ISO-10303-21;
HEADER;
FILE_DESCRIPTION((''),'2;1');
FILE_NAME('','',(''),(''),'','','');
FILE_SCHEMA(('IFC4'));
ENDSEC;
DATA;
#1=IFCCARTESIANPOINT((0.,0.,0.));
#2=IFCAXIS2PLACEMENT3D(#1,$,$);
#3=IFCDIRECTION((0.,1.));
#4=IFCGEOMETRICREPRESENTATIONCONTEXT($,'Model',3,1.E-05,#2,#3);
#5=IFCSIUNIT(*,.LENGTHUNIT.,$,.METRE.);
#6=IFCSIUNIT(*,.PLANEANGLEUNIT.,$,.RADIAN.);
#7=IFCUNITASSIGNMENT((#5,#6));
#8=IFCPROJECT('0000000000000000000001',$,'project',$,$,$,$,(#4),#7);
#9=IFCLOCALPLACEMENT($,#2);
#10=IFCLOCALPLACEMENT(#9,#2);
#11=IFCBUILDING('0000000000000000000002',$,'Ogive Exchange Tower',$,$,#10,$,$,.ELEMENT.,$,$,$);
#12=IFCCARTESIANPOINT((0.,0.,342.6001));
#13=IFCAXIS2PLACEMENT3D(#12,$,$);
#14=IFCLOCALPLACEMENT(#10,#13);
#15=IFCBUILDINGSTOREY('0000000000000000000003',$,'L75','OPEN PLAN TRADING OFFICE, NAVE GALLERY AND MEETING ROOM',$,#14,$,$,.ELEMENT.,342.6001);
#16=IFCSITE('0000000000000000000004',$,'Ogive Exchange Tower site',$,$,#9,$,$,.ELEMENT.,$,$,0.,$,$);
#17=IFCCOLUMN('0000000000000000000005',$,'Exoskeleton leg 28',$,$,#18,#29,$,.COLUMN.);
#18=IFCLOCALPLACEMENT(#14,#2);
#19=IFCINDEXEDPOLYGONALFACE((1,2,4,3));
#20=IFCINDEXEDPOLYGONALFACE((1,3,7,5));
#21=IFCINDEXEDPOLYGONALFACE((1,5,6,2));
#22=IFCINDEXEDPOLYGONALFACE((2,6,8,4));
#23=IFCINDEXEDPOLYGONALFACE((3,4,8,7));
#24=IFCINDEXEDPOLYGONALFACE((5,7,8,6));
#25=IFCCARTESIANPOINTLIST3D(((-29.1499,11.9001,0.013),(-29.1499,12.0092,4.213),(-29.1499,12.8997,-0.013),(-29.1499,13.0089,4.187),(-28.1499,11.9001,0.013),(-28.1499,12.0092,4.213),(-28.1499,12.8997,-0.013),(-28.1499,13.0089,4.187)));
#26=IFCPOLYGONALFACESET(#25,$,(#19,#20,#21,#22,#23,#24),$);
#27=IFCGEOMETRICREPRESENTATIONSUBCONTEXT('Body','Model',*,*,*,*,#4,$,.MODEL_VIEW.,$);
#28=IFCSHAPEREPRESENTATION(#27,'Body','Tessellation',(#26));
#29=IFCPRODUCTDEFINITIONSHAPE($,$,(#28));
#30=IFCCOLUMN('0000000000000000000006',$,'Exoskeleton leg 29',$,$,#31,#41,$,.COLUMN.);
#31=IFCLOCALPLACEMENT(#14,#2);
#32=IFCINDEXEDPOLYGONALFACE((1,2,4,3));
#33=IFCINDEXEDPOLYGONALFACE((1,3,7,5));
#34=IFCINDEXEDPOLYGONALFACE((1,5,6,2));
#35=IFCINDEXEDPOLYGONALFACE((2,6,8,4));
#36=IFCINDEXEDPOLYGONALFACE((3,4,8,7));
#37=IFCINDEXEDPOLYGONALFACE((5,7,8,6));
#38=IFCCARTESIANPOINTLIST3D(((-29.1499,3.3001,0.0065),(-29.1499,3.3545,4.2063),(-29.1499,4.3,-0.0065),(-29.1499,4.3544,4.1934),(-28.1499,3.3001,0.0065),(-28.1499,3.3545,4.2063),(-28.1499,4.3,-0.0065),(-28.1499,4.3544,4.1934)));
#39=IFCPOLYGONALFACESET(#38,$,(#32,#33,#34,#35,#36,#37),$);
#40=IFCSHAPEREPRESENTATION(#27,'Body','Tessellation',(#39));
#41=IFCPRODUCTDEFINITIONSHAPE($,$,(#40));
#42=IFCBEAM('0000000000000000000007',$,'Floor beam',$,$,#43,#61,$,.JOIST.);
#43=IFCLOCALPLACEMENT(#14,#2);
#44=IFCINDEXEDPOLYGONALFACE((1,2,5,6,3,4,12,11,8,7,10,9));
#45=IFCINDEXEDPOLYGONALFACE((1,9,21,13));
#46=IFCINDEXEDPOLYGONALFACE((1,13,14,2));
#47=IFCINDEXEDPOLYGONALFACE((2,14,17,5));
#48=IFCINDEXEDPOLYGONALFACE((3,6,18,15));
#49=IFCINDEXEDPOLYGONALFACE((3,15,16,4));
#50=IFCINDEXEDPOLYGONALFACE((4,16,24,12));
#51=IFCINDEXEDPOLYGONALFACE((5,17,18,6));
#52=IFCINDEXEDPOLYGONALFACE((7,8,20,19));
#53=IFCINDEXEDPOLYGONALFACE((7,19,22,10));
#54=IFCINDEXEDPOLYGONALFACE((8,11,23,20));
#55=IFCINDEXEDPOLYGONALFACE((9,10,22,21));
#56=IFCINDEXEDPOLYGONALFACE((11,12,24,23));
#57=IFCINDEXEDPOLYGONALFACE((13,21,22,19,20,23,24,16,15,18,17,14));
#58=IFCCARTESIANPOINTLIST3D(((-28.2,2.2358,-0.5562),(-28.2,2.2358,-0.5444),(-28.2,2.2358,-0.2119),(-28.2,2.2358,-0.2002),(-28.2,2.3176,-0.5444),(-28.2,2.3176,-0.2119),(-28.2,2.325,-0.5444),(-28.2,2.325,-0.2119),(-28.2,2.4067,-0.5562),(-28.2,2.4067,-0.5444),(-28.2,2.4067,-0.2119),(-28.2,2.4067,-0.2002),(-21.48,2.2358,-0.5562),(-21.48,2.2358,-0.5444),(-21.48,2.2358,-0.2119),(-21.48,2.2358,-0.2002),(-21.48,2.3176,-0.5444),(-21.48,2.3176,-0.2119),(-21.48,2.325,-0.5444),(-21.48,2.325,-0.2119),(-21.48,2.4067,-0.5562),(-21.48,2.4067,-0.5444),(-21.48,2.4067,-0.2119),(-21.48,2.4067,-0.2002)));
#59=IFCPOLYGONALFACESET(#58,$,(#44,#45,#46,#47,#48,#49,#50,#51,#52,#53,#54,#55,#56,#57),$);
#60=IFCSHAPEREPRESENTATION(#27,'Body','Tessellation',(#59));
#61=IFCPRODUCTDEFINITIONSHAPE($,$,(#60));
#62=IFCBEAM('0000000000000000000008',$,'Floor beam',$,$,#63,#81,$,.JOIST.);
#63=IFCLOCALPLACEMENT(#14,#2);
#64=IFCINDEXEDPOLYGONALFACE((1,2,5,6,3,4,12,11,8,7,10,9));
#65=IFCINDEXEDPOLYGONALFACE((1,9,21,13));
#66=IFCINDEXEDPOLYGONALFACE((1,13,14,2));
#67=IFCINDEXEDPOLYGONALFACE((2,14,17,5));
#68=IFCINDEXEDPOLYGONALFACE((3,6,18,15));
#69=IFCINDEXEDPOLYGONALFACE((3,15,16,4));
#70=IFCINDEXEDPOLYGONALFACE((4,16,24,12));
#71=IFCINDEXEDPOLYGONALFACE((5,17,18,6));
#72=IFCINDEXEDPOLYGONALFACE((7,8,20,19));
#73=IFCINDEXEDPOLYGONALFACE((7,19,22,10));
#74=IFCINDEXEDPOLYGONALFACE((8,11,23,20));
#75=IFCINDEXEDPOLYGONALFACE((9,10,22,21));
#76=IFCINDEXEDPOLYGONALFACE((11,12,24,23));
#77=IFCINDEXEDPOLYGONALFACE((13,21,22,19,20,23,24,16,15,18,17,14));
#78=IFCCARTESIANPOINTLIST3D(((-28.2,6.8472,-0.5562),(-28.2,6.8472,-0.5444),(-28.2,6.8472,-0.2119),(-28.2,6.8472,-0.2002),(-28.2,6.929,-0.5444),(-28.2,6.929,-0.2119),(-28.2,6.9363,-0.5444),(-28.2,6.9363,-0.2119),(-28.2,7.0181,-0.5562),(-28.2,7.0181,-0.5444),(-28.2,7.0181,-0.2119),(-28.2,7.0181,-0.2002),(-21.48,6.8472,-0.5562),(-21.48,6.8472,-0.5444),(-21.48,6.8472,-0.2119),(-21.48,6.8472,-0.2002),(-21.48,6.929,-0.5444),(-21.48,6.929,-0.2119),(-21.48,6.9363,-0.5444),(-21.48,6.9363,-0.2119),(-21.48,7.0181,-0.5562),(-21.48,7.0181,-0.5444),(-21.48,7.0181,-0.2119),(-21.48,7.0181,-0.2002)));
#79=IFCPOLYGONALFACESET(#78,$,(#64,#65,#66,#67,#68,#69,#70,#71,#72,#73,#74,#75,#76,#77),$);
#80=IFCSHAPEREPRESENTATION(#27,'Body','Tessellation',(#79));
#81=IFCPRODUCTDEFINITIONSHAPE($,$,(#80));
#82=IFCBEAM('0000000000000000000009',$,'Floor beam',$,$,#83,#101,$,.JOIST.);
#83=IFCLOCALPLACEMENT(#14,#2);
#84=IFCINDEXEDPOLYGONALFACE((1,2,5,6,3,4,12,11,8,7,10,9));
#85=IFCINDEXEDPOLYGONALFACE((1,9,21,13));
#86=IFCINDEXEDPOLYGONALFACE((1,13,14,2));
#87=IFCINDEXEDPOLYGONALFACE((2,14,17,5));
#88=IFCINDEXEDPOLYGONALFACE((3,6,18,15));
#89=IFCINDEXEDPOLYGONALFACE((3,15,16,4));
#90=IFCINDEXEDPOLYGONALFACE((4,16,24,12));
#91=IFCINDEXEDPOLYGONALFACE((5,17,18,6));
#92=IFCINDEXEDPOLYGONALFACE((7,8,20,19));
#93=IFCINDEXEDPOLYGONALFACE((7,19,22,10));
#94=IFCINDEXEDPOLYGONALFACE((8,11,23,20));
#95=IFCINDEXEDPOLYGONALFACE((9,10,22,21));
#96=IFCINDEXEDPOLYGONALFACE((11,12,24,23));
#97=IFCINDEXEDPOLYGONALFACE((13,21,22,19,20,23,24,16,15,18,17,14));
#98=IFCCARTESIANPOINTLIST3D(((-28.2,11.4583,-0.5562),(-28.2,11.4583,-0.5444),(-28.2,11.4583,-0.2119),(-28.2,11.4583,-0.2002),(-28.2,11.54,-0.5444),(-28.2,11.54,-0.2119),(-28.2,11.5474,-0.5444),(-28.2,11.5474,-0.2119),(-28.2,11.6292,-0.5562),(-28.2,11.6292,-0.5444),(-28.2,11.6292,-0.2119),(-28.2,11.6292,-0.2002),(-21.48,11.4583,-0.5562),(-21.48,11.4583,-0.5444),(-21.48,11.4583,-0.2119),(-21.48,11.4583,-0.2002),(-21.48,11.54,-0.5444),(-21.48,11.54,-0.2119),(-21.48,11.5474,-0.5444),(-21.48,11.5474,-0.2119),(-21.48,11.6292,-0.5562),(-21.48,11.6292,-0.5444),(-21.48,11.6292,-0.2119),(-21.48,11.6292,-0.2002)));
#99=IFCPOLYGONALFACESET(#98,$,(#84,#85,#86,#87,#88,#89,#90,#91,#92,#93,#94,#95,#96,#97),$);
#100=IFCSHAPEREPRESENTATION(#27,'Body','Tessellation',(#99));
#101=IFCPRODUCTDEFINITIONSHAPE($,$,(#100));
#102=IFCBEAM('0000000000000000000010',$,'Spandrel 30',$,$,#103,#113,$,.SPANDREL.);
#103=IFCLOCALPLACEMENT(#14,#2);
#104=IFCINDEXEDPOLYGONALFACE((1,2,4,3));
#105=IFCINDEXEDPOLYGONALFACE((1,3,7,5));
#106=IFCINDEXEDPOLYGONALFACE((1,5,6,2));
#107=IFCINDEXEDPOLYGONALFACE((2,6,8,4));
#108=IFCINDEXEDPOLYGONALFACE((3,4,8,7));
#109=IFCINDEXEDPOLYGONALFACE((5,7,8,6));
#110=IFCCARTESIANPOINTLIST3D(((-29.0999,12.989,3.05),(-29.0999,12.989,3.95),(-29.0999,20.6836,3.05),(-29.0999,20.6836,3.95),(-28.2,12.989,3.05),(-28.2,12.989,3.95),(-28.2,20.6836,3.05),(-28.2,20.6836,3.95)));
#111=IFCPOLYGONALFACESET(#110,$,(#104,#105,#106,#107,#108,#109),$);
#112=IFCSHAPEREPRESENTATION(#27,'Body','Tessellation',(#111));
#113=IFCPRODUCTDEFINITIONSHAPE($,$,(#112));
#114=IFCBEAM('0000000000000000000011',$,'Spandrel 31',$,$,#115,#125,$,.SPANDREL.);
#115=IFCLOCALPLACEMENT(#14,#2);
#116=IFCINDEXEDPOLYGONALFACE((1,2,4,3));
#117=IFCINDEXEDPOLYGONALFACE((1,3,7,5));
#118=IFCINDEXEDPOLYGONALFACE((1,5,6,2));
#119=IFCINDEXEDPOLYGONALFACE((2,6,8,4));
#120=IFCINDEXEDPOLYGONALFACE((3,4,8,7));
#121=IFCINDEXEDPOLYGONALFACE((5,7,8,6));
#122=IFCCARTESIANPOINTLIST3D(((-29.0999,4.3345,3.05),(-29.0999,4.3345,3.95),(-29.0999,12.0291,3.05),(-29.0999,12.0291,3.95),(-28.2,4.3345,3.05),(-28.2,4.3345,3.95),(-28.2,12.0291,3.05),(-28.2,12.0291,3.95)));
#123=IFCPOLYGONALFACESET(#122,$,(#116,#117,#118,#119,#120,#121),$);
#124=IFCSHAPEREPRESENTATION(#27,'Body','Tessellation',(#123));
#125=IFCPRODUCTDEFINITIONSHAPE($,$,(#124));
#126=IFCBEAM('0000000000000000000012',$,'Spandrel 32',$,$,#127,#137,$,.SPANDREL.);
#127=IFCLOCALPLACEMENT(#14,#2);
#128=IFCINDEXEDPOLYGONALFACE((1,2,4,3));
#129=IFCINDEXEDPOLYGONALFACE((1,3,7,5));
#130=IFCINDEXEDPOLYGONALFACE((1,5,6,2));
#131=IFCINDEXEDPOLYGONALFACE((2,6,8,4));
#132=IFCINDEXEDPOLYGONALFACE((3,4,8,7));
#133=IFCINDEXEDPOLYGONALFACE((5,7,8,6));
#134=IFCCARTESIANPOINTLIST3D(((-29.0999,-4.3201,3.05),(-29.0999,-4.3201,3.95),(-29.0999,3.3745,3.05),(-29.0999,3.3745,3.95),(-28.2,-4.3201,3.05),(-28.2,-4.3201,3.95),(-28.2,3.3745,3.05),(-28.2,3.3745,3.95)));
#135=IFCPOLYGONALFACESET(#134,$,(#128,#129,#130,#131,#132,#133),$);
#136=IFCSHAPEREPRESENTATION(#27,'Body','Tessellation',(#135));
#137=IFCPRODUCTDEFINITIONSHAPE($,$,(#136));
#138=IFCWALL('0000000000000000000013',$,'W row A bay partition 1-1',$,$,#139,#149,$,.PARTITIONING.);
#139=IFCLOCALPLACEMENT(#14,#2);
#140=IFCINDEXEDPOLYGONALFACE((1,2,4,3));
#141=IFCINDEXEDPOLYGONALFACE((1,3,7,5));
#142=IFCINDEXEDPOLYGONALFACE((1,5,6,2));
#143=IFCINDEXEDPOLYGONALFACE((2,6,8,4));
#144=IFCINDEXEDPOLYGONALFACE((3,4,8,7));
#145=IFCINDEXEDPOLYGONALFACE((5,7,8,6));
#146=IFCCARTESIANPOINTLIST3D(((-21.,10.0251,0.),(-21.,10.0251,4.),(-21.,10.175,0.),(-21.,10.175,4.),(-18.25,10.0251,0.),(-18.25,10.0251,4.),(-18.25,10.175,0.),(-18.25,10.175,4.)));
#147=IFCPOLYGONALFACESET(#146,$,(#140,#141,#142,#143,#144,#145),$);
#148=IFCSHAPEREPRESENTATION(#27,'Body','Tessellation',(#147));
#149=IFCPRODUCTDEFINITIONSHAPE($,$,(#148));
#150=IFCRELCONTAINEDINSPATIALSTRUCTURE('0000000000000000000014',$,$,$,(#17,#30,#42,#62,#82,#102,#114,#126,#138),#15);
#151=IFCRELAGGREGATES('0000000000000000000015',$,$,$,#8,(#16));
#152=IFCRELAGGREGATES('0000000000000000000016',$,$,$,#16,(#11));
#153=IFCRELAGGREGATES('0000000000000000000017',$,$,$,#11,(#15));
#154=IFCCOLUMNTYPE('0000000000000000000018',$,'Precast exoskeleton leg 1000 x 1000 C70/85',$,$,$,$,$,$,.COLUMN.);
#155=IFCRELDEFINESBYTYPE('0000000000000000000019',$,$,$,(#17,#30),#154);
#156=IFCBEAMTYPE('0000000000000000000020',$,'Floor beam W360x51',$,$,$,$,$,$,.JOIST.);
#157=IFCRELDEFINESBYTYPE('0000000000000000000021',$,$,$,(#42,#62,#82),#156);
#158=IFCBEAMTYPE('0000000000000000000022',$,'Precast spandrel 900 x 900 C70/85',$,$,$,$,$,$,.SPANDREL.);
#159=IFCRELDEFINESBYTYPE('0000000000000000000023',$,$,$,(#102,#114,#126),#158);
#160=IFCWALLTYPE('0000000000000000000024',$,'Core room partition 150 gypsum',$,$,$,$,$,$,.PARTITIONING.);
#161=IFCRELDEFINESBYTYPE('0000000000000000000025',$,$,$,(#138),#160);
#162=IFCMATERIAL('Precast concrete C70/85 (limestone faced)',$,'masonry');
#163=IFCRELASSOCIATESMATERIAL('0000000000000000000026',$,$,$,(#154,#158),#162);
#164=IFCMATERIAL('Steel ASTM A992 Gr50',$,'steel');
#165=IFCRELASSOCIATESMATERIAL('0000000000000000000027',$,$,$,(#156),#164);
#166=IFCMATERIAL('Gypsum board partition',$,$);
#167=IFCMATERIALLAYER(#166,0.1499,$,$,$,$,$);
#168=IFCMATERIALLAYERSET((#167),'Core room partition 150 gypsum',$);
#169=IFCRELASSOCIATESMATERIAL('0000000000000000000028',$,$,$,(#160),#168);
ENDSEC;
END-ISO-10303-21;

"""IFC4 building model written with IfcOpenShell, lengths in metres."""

from ifc_helpers import new_model, si_unit, direction, frame, frame_2d, origin, origin_2d, place, context, subcontext, project, spatial, rectangle, i_section, extrude, material, layer, layer_set, material_profile, profile_set, type_object, element, save


model = new_model("IFC4")

# Units and contexts
model_context = context("Model", 3, precision=1e-05, world=origin(), true_north=direction((0.0, 1.0)))
body_context = subcontext(model_context, "Body", "Model", "MODEL_VIEW")
ifc_project = project(units=[si_unit("LENGTHUNIT", "METRE"), si_unit("PLANEANGLEUNIT", "RADIAN")], contexts=[model_context])

# Site, building, storey
site_placement = place(None, origin())
site = spatial("IfcSite", under=ifc_project, at=site_placement, Name="Ogive Exchange Tower site", CompositionType="ELEMENT", RefElevation=0.0)
building_placement = place(site_placement, origin())
building = spatial("IfcBuilding", under=site, at=building_placement, Name="Ogive Exchange Tower", CompositionType="ELEMENT")
storey_placement = place(building_placement, frame((0.0, 0.0, 342.6001)))
storey = spatial("IfcBuildingStorey", under=building, at=storey_placement, Name="L75", Description="OPEN PLAN TRADING OFFICE, NAVE GALLERY AND MEETING ROOM", CompositionType="ELEMENT", Elevation=342.6001)

# Columns
ifc_material_1 = material(Name="Precast concrete C70/85 (limestone faced)", Category="masonry")
ifc_material_profile_1 = material_profile(ifc_material_1, rectangle(XDim=1.0, YDim=1.0, at=origin_2d()), Name="1000 x 1000")
ifc_profile_set_1 = profile_set([ifc_material_profile_1], Name="Precast concrete C70/85 (limestone faced)")
column_type = type_object("IfcColumnType", Name="Precast exoskeleton leg 1000 x 1000 C70/85", PredefinedType="COLUMN", material=ifc_profile_set_1)
column_1_placement = place(storey_placement, frame((-28.6499, 12.3999, 0.0), z_axis=(0.0, 0.025975, 0.999663), x_axis=(-1.0, 0.0, 0.0)))
element("IfcColumn", 1, at=column_1_placement, inside=storey, type_object=column_type, Name="Exoskeleton leg 28", PredefinedType="COLUMN", context=body_context, shape_type="SweptSolid", body=[
    extrude(rectangle(XDim=1.0, YDim=1.0, at=origin_2d()), origin(), (0.0, 0.0, 1.0), 4.2014),
])
column_2_placement = place(storey_placement, frame((-28.6499, 3.8, 0.0), z_axis=(0.0, 0.012962, 0.999916), x_axis=(-1.0, 0.0, 0.0)))
element("IfcColumn", 2, at=column_2_placement, inside=storey, type_object=column_type, Name="Exoskeleton leg 29", PredefinedType="COLUMN", context=body_context, shape_type="SweptSolid", body=[
    extrude(rectangle(XDim=1.0, YDim=1.0, at=origin_2d()), origin(), (0.0, 0.0, 1.0), 4.2002),
])

# Beams
ifc_material_2 = material(Name="Steel ASTM A992 Gr50", Category="steel")
ifc_material_profile_2 = material_profile(ifc_material_2, i_section(OverallWidth=0.1709, OverallDepth=0.356, WebThickness=0.0073, FlangeThickness=0.0117, at=origin_2d()), Name="W360x51")
ifc_profile_set_2 = profile_set([ifc_material_profile_2], Name="Steel ASTM A992 Gr50")
beam_type_1 = type_object("IfcBeamType", Name="Floor beam W360x51", PredefinedType="JOIST", material=ifc_profile_set_2)
for number, where, z_axis, x_axis, name in (
    (3, (-28.2, 2.3213, -0.3782), (1.0, 0.0, 0.0), (0.0, 1.0, 0.0), "Floor beam"),
    (4, (-28.2, 6.9326, -0.3782), (1.0, 0.0, 0.0), (0.0, 1.0, 0.0), "Floor beam"),
    (5, (-28.2, 11.5437, -0.3782), (1.0, 0.0, 0.0), (0.0, 1.0, 0.0), "Floor beam"),
):
    element("IfcBeam", number, at=place(storey_placement, frame(where, z_axis=z_axis, x_axis=x_axis)), inside=storey, type_object=beam_type_1, Name=name, PredefinedType="JOIST", context=body_context, shape_type="SweptSolid", body=[
        extrude(i_section(OverallWidth=0.1709, OverallDepth=0.356, WebThickness=0.0073, FlangeThickness=0.0117, at=origin_2d()), origin(), (0.0, 0.0, 1.0), 6.72),
    ])
ifc_material_profile_3 = material_profile(ifc_material_1, rectangle(XDim=0.8999, YDim=0.8999, at=origin_2d()), Name="900 x 900")
ifc_profile_set_3 = profile_set([ifc_material_profile_3], Name="Precast concrete C70/85 (limestone faced)")
beam_type_2 = type_object("IfcBeamType", Name="Precast spandrel 900 x 900 C70/85", PredefinedType="SPANDREL", material=ifc_profile_set_3)
for number, where, z_axis, x_axis, name in (
    (6, (-28.6499, 20.6836, 3.5), (0.0, -1.0, 0.0), (1.0, 0.0, 0.0), "Spandrel 30"),
    (7, (-28.6499, 12.0291, 3.5), (0.0, -1.0, 0.0), (1.0, 0.0, 0.0), "Spandrel 31"),
    (8, (-28.6499, 3.3745, 3.5), (0.0, -1.0, 0.0), (1.0, 0.0, 0.0), "Spandrel 32"),
):
    element("IfcBeam", number, at=place(storey_placement, frame(where, z_axis=z_axis, x_axis=x_axis)), inside=storey, type_object=beam_type_2, Name=name, PredefinedType="SPANDREL", context=body_context, shape_type="SweptSolid", body=[
        extrude(rectangle(XDim=0.8999, YDim=0.8999, at=origin_2d()), origin(), (0.0, 0.0, 1.0), 7.6946),
    ])

# Wall
ifc_material_3 = material(Name="Gypsum board partition")
ifc_layer_1 = layer(ifc_material_3, 0.1499)
ifc_layer_set_1 = layer_set([ifc_layer_1], Name="Core room partition 150 gypsum")
wall_type_1 = type_object("IfcWallType", Name="Core room partition 150 gypsum", PredefinedType="PARTITIONING", material=ifc_layer_set_1)
wall_1_placement = place(storey_placement, frame((-21.0, 10.1001, 0.0), z_axis=(0.0, 0.0, 1.0), x_axis=(1.0, 0.0, 0.0)))
element("IfcWall", 9, at=wall_1_placement, inside=storey, type_object=wall_type_1, Name="W row A bay partition 1-1", PredefinedType="PARTITIONING", context=body_context, shape_type="SweptSolid", body=[
    extrude(rectangle(XDim=2.75, YDim=0.1499, at=frame_2d((1.375, 0.0))), origin(), (0.0, 0.0, 1.0), 4.0),
])

save(model, "model.ifc")
